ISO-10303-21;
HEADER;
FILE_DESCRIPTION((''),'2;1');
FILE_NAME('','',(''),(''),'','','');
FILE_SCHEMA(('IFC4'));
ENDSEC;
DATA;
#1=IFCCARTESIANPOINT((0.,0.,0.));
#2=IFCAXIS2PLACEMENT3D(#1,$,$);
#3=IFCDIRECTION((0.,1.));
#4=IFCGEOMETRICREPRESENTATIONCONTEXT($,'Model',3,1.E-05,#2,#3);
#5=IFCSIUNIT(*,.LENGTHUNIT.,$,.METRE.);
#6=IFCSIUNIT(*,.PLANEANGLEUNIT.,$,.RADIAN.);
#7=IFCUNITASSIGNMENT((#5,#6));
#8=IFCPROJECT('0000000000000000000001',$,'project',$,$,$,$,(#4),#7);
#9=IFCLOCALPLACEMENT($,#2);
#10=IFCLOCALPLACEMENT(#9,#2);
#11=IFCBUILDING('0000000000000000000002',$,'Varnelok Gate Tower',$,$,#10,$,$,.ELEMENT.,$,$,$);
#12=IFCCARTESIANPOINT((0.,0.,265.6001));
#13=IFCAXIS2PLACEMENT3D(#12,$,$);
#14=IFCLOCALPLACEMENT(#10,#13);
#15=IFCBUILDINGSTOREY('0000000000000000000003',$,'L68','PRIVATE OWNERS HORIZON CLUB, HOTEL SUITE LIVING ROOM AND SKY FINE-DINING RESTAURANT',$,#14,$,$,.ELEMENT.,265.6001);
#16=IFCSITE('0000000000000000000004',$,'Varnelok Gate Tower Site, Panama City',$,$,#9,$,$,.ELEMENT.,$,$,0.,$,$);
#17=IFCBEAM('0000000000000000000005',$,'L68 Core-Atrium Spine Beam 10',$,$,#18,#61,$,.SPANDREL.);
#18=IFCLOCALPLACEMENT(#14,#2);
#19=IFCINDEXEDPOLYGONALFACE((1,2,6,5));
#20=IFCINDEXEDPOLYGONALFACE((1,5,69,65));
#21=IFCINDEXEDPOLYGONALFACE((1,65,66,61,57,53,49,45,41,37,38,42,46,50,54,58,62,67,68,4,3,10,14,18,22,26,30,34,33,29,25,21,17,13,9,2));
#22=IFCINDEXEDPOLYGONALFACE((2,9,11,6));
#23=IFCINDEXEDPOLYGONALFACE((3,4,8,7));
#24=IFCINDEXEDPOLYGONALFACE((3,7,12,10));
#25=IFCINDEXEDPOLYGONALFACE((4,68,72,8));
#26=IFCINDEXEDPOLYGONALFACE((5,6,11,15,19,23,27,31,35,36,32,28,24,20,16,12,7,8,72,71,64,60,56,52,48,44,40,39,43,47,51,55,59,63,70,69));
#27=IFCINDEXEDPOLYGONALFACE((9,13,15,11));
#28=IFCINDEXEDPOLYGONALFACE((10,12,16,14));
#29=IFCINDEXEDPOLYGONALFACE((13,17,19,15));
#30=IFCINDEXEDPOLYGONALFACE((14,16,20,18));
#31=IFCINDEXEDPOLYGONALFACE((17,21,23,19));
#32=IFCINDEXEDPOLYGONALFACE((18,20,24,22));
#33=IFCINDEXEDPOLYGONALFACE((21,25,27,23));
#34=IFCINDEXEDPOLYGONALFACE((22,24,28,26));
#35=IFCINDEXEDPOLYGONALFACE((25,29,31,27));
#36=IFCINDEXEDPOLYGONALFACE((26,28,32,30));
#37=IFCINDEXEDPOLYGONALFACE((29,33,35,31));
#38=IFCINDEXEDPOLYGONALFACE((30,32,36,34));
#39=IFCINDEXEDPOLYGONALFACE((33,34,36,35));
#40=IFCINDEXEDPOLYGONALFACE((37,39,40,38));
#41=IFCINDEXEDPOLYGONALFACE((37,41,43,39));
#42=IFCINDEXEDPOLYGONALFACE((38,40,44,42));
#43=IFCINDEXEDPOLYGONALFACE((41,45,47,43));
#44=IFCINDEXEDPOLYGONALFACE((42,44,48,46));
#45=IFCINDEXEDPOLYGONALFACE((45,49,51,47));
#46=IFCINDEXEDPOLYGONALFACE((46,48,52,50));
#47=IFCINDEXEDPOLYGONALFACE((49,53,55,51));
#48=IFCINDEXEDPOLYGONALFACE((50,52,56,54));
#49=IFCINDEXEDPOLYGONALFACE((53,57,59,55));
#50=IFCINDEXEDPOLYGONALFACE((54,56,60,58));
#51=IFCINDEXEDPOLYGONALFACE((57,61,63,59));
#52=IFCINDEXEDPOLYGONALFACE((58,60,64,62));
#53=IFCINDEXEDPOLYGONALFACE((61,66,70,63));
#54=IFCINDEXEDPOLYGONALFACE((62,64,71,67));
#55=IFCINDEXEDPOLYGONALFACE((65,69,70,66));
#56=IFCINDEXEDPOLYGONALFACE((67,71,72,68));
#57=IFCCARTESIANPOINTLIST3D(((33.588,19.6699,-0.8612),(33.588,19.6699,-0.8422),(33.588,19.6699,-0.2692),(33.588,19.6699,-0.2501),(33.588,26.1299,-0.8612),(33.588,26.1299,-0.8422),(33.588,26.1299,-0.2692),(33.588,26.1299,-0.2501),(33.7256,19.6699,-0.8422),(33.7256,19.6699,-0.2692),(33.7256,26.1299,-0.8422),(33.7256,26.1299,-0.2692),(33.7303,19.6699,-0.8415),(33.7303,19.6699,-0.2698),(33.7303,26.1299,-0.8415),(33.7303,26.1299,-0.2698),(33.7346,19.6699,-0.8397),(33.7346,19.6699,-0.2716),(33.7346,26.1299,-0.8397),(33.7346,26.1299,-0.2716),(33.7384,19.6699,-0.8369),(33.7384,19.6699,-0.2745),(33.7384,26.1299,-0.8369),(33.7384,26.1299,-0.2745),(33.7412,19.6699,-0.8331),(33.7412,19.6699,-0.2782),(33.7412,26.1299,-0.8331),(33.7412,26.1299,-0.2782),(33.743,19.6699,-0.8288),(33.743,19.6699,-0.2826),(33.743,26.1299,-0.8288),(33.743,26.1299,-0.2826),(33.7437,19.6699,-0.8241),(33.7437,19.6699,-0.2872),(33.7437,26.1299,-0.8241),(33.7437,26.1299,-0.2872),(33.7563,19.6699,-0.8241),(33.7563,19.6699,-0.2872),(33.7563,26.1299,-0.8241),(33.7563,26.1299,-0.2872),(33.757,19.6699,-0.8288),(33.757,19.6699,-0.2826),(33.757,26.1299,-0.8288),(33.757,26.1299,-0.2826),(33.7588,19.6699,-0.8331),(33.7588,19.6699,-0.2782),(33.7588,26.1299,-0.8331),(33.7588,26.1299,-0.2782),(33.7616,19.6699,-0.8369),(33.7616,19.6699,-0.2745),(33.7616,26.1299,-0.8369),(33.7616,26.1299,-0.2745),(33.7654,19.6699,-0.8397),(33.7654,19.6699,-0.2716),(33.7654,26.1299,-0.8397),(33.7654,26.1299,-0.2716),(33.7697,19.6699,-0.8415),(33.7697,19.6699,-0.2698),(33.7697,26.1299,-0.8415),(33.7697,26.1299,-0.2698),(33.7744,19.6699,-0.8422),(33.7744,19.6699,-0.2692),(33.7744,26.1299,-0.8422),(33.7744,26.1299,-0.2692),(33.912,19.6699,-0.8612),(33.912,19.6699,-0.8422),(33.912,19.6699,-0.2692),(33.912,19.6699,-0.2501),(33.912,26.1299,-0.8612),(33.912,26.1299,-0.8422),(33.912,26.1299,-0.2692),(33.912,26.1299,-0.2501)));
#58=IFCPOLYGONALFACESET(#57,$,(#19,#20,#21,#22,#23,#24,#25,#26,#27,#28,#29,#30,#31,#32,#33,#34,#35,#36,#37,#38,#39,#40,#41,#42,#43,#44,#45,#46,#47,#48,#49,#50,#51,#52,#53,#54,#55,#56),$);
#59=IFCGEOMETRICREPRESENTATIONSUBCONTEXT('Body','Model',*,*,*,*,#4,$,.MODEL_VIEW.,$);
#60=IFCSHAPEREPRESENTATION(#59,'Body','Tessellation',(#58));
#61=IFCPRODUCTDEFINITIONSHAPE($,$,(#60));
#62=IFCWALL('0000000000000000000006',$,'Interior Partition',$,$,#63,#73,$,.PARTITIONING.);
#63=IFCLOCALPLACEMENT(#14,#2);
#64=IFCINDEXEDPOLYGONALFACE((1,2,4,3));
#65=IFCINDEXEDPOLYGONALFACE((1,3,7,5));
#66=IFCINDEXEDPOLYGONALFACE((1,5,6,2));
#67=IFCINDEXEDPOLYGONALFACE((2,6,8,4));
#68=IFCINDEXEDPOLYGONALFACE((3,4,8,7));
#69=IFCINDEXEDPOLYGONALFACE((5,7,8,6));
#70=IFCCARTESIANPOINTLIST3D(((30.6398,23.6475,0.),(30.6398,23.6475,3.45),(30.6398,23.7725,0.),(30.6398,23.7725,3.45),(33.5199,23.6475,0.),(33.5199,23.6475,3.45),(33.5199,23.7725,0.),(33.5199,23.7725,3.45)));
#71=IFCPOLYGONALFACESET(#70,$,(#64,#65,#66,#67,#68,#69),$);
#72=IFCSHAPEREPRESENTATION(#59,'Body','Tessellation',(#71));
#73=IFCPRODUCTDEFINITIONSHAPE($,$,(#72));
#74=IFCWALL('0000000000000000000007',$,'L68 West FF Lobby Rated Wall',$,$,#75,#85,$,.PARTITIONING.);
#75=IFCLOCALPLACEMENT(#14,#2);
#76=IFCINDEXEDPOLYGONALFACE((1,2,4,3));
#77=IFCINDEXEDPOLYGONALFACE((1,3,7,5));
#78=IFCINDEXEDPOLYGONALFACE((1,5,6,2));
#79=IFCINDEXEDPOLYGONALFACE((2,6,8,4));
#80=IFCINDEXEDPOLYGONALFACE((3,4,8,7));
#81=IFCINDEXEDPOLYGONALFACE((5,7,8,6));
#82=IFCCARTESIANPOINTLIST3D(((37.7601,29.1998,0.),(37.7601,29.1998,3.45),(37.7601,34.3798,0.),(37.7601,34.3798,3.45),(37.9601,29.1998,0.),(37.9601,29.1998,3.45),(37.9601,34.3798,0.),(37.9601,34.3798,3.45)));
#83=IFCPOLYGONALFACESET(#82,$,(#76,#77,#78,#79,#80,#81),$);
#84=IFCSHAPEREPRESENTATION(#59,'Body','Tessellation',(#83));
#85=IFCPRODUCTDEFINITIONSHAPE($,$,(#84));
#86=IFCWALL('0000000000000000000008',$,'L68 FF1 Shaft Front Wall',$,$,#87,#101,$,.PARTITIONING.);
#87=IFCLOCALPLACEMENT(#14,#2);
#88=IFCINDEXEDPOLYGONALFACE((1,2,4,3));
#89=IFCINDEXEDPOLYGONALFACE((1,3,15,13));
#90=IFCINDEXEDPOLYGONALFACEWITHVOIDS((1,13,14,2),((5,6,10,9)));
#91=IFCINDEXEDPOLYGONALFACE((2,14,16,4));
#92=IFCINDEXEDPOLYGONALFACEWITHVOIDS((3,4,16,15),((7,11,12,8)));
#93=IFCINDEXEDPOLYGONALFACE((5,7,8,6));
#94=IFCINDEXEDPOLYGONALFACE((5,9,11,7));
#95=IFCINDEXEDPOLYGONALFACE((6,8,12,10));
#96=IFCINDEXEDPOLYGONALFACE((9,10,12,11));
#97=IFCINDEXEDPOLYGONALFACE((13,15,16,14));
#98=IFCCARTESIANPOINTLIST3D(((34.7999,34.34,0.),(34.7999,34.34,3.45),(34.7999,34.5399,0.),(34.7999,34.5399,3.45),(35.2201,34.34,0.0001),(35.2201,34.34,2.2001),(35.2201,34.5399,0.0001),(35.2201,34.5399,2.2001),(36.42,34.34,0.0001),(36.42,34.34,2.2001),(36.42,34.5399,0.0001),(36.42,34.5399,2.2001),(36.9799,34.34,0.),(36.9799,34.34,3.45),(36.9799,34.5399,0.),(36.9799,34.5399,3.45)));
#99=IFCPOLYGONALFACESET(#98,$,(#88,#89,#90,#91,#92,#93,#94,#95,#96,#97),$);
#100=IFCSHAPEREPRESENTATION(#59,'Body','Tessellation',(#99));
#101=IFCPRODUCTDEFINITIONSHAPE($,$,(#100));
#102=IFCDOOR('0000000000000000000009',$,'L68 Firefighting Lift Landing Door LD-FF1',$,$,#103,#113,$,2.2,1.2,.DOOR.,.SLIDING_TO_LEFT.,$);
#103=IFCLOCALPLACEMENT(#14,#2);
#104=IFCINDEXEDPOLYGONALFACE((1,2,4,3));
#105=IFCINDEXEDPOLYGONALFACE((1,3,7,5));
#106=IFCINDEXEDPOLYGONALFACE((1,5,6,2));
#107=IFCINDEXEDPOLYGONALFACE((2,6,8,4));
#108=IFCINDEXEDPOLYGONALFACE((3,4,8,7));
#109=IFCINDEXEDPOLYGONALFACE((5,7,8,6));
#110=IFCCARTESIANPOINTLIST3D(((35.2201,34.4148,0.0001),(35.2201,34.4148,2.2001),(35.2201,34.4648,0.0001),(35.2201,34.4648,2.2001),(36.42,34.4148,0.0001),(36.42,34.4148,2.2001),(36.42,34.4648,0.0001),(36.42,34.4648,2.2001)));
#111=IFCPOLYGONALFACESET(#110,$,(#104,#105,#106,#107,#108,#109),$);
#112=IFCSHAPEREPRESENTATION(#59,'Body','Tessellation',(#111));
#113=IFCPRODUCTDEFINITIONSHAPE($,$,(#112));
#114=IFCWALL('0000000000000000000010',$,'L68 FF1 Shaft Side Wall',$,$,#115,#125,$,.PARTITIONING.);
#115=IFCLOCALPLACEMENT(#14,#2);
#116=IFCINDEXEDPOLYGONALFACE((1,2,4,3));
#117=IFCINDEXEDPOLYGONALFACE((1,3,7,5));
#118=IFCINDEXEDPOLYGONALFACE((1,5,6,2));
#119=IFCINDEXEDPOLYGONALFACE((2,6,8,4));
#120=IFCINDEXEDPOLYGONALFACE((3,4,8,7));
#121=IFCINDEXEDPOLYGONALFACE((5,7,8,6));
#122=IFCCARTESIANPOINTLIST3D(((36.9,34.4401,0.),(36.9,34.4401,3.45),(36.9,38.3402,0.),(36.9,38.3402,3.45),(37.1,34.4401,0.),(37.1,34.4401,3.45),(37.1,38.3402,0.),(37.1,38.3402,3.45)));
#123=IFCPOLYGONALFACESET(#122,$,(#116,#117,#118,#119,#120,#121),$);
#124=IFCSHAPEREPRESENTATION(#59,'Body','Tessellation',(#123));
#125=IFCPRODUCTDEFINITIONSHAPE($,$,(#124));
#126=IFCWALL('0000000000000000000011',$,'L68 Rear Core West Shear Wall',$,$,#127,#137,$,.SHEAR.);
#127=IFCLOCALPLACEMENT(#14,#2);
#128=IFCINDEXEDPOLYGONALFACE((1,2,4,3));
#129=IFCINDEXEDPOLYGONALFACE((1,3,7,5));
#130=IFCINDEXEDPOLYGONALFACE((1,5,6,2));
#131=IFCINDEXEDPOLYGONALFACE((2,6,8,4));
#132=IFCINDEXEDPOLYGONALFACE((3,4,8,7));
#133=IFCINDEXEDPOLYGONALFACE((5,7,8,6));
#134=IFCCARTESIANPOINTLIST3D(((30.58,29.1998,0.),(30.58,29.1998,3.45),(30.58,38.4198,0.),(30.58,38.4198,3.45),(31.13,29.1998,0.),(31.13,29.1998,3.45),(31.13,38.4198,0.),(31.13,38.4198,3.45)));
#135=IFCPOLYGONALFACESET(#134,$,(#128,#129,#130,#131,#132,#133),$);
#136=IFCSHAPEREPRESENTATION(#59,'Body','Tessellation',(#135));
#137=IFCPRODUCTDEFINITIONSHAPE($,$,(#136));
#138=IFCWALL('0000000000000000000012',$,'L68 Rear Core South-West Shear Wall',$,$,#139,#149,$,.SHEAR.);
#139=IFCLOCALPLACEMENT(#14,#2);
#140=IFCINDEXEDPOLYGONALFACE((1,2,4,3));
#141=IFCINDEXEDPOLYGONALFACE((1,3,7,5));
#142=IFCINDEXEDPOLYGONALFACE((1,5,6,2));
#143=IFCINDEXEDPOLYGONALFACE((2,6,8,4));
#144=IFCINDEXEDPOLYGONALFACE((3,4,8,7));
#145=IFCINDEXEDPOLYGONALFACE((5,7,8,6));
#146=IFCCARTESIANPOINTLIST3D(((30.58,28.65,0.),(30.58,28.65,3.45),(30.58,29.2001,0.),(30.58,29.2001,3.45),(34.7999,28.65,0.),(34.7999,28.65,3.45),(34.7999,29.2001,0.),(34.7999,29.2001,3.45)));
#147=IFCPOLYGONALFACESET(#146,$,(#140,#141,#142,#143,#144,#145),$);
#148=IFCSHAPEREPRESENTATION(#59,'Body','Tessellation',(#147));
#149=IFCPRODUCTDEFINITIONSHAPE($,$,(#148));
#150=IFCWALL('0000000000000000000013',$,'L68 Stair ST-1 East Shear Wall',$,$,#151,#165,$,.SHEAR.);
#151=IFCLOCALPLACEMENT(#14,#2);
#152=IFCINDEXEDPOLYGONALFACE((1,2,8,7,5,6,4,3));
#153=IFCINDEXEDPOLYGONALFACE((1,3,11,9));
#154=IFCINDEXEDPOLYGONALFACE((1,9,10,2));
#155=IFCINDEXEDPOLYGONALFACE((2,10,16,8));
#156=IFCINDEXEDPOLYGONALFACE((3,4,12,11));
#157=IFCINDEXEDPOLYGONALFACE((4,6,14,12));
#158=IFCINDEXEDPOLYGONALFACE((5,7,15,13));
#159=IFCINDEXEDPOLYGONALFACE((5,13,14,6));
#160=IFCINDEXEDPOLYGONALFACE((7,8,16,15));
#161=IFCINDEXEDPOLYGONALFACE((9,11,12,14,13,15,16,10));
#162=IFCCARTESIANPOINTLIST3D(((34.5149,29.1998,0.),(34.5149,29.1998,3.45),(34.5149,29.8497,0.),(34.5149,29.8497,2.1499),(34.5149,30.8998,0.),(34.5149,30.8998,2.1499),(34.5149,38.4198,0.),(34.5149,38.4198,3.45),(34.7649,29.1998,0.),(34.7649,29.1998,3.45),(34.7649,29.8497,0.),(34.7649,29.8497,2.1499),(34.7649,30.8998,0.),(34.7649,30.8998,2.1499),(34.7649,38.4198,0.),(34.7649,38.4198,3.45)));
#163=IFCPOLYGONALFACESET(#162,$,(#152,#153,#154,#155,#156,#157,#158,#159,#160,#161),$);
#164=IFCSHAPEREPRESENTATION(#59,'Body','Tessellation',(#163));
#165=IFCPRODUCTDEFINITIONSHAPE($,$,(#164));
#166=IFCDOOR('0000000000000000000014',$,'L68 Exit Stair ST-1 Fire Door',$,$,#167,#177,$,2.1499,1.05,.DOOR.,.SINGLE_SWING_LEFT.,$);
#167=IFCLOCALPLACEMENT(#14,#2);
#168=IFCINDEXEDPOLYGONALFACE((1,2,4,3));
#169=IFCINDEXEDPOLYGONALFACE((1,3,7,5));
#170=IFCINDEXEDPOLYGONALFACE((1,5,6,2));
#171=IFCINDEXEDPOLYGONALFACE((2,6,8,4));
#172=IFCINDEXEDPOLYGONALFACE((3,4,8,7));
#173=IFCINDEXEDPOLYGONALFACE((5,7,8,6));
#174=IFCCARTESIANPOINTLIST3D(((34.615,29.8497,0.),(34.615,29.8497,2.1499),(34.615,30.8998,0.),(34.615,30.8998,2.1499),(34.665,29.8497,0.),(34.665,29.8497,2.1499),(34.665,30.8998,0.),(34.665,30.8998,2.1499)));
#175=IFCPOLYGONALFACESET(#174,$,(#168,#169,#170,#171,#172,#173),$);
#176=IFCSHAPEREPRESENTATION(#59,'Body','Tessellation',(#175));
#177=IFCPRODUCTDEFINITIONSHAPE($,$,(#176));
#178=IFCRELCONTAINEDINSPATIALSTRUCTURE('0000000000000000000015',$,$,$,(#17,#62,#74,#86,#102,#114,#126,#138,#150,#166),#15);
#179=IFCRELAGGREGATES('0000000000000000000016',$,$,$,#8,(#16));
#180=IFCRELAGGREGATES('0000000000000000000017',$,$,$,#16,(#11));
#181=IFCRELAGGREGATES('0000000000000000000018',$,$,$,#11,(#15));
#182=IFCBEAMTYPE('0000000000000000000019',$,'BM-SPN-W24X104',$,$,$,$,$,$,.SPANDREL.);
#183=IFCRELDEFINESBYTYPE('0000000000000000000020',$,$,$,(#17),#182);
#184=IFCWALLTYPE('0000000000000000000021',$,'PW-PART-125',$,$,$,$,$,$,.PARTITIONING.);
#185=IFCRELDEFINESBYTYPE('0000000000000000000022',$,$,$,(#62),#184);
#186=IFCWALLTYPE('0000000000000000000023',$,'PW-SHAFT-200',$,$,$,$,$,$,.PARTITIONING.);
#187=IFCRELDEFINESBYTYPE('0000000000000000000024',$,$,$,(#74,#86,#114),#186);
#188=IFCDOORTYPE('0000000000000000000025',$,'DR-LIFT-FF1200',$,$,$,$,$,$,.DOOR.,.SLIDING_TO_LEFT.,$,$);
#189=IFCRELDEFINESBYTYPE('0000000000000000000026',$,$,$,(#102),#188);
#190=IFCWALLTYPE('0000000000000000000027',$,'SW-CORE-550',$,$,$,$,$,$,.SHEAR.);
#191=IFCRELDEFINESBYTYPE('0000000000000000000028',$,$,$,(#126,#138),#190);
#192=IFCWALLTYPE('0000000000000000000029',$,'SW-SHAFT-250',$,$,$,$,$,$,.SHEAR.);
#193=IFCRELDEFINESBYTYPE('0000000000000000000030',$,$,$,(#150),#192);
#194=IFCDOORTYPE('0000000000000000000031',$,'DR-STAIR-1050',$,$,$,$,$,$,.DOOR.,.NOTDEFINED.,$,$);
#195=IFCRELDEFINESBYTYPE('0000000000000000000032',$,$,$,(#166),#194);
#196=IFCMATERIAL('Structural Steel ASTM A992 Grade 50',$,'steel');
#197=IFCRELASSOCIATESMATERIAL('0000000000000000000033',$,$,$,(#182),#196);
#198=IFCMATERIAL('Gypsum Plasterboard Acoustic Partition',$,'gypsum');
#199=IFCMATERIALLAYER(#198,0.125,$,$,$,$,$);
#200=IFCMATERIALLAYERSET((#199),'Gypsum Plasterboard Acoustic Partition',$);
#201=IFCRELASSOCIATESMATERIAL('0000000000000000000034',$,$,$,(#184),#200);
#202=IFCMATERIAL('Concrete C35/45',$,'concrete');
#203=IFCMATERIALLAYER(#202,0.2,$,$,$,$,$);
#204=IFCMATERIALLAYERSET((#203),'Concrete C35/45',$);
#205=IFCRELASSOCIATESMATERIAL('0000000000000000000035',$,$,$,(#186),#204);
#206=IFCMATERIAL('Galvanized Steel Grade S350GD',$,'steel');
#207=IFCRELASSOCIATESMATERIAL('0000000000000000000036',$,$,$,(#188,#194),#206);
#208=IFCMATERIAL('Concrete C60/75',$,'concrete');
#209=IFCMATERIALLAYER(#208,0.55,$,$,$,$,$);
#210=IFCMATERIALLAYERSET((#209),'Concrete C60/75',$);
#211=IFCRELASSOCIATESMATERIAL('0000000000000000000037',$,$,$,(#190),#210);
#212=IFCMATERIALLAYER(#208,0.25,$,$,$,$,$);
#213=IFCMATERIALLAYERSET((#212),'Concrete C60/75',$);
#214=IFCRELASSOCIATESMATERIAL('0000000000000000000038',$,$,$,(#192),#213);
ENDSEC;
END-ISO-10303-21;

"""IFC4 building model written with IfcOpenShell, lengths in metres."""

from ifc_helpers import new_model, si_unit, direction, frame, frame_2d, origin, origin_2d, place, context, subcontext, project, spatial, rectangle, i_section, extrude, material, layer, layer_set, material_profile, profile_set, type_object, element, fill, save


model = new_model("IFC4")

# Units and contexts
model_context = context("Model", 3, precision=1e-05, world=origin(), true_north=direction((0.0, 1.0)))
body_context = subcontext(model_context, "Body", "Model", "MODEL_VIEW")
ifc_project = project(units=[si_unit("LENGTHUNIT", "METRE"), si_unit("PLANEANGLEUNIT", "RADIAN")], contexts=[model_context])

# Site, building, storey
site_placement = place(None, origin())
site = spatial("IfcSite", under=ifc_project, at=site_placement, Name="Varnelok Gate Tower Site, Panama City", CompositionType="ELEMENT", RefElevation=0.0)
building_placement = place(site_placement, origin())
building = spatial("IfcBuilding", under=site, at=building_placement, Name="Varnelok Gate Tower", CompositionType="ELEMENT")
storey_placement = place(building_placement, frame((0.0, 0.0, 265.6001)))
storey = spatial("IfcBuildingStorey", under=building, at=storey_placement, Name="L68", Description="PRIVATE OWNERS HORIZON CLUB, HOTEL SUITE LIVING ROOM AND SKY FINE-DINING RESTAURANT", CompositionType="ELEMENT", Elevation=265.6001)

# Shared definitions
ifc_material_1 = material(Name="Structural Steel ASTM A992 Grade 50", Category="steel")

# Beam
ifc_material_2 = material(Name="Concrete C60/75", Category="concrete")
ifc_material_profile_1 = material_profile(ifc_material_1, i_section(OverallWidth=0.324, OverallDepth=0.6111, WebThickness=0.0127, FlangeThickness=0.019, FilletRadius=0.0181, at=origin_2d()), Name="W24X104")
ifc_profile_set_1 = profile_set([ifc_material_profile_1], Name="Structural Steel ASTM A992 Grade 50")
beam_type_1 = type_object("IfcBeamType", Name="BM-SPN-W24X104", PredefinedType="SPANDREL", material=ifc_profile_set_1)
beam_1_placement = place(storey_placement, frame((33.75, 19.6699, -0.5557), z_axis=(0.0, 1.0, 0.0), x_axis=(-1.0, 0.0, 0.0)))
element("IfcBeam", 1, at=beam_1_placement, inside=storey, type_object=beam_type_1, Name="L68 Core-Atrium Spine Beam 10", PredefinedType="SPANDREL", context=body_context, shape_type="SweptSolid", body=[
    extrude(i_section(OverallWidth=0.324, OverallDepth=0.6111, WebThickness=0.0127, FlangeThickness=0.019, FilletRadius=0.0181, at=origin_2d()), origin(), (0.0, 0.0, 1.0), 6.46),
])

# Walls
ifc_material_3 = material(Name="Gypsum Plasterboard Acoustic Partition", Category="gypsum")
ifc_layer_1 = layer(ifc_material_3, 0.125)
ifc_layer_set_1 = layer_set([ifc_layer_1], Name="Gypsum Plasterboard Acoustic Partition")
wall_type_1 = type_object("IfcWallType", Name="PW-PART-125", PredefinedType="PARTITIONING", material=ifc_layer_set_1)
wall_1_placement = place(storey_placement, frame((30.6399, 23.71, 0.0), z_axis=(0.0, 0.0, 1.0), x_axis=(1.0, 0.0, 0.0)))
element("IfcWall", 2, at=wall_1_placement, inside=storey, type_object=wall_type_1, Name="Interior Partition", PredefinedType="PARTITIONING", context=body_context, shape_type="SweptSolid", body=[
    extrude(rectangle(XDim=2.8801, YDim=0.125, at=frame_2d((1.4399, 0.0))), origin(), (0.0, 0.0, 1.0), 3.45),
])
ifc_material_4 = material(Name="Concrete C35/45", Category="concrete")
ifc_layer_2 = layer(ifc_material_4, 0.2)
ifc_layer_set_2 = layer_set([ifc_layer_2], Name="Concrete C35/45")
wall_type_2 = type_object("IfcWallType", Name="PW-SHAFT-200", PredefinedType="PARTITIONING", material=ifc_layer_set_2)
wall_2_placement = place(storey_placement, frame((37.8601, 29.2, 0.0), z_axis=(0.0, 0.0, 1.0), x_axis=(0.0, 1.0, 0.0)))
element("IfcWall", 3, at=wall_2_placement, inside=storey, type_object=wall_type_2, Name="L68 West FF Lobby Rated Wall", PredefinedType="PARTITIONING", context=body_context, shape_type="SweptSolid", body=[
    extrude(rectangle(XDim=5.1799, YDim=0.2, at=frame_2d((2.5898, 0.0))), origin(), (0.0, 0.0, 1.0), 3.45),
])

# Wall, opening, door
wall_3_placement = place(storey_placement, frame((34.8, 34.4399, 0.0), z_axis=(0.0, 0.0, 1.0), x_axis=(1.0, 0.0, 0.0)))
wall_3 = element("IfcWall", 4, at=wall_3_placement, inside=storey, type_object=wall_type_2, Name="L68 FF1 Shaft Front Wall", PredefinedType="PARTITIONING", context=body_context, shape_type="SweptSolid", body=[
    extrude(rectangle(XDim=2.1799, YDim=0.2, at=frame_2d((1.0898, 0.0))), origin(), (0.0, 0.0, 1.0), 3.45),
])
opening_1_placement = place(wall_3_placement, frame((0.4199, 0.0, 0.0)))
opening_1 = element("IfcOpeningElement", 5, at=opening_1_placement, cuts=wall_3, PredefinedType="OPENING", context=body_context, shape_type="SweptSolid", body=[
    extrude(rectangle(XDim=1.2, YDim=2.2, at=frame_2d((0.6001, 1.1001))), frame((0.0, 0.1099, 0.0), z_axis=(0.0, -1.0, 0.0), x_axis=(1.0, 0.0, 0.0)), (0.0, 0.0, 1.0), 0.22),
])
ifc_material_5 = material(Name="Galvanized Steel Grade S350GD", Category="steel")
door_type_1 = type_object("IfcDoorType", Name="DR-LIFT-FF1200", OperationType="SLIDING_TO_LEFT", PredefinedType="DOOR", material=ifc_material_5)
door_1_placement = place(opening_1_placement, origin())
door_1 = element("IfcDoor", 6, at=door_1_placement, inside=storey, type_object=door_type_1, Name="L68 Firefighting Lift Landing Door LD-FF1", OperationType="SLIDING_TO_LEFT", OverallHeight=2.2, OverallWidth=1.2, PredefinedType="DOOR", context=body_context, shape_type="SweptSolid", body=[
    extrude(rectangle(XDim=1.2, YDim=2.2, at=frame_2d((0.6001, 1.1001))), frame((0.0, 0.0249, 0.0), z_axis=(0.0, -1.0, 0.0), x_axis=(1.0, 0.0, 0.0)), (0.0, 0.0, 1.0), 0.05),
])
fill(opening_1, door_1)

# Walls
wall_4_placement = place(storey_placement, frame((37.0, 34.4399, 0.0), z_axis=(0.0, 0.0, 1.0), x_axis=(0.0, 1.0, 0.0)))
element("IfcWall", 7, at=wall_4_placement, inside=storey, type_object=wall_type_2, Name="L68 FF1 Shaft Side Wall", PredefinedType="PARTITIONING", context=body_context, shape_type="SweptSolid", body=[
    extrude(rectangle(XDim=3.9001, YDim=0.2, at=frame_2d((1.9502, 0.0))), origin(), (0.0, 0.0, 1.0), 3.45),
])
ifc_layer_3 = layer(ifc_material_2, 0.55)
ifc_layer_set_3 = layer_set([ifc_layer_3], Name="Concrete C60/75")
wall_type_3 = type_object("IfcWallType", Name="SW-CORE-550", PredefinedType="SHEAR", material=ifc_layer_set_3)
wall_5_placement = place(storey_placement, frame((30.855, 29.2, 0.0), z_axis=(0.0, 0.0, 1.0), x_axis=(0.0, 1.0, 0.0)))
element("IfcWall", 8, at=wall_5_placement, inside=storey, type_object=wall_type_3, Name="L68 Rear Core West Shear Wall", PredefinedType="SHEAR", context=body_context, shape_type="SweptSolid", body=[
    extrude(rectangle(XDim=9.22, YDim=0.55, at=frame_2d((4.6099, 0.0))), origin(), (0.0, 0.0, 1.0), 3.45),
])
wall_6_placement = place(storey_placement, frame((30.5801, 28.925, 0.0), z_axis=(0.0, 0.0, 1.0), x_axis=(1.0, 0.0, 0.0)))
element("IfcWall", 9, at=wall_6_placement, inside=storey, type_object=wall_type_3, Name="L68 Rear Core South-West Shear Wall", PredefinedType="SHEAR", context=body_context, shape_type="SweptSolid", body=[
    extrude(rectangle(XDim=4.22, YDim=0.55, at=frame_2d((2.1099, 0.0))), origin(), (0.0, 0.0, 1.0), 3.45),
])

# Wall, opening, door
ifc_layer_4 = layer(ifc_material_2, 0.25)
ifc_layer_set_4 = layer_set([ifc_layer_4], Name="Concrete C60/75")
wall_type_4 = type_object("IfcWallType", Name="SW-SHAFT-250", PredefinedType="SHEAR", material=ifc_layer_set_4)
wall_7_placement = place(storey_placement, frame((34.6399, 29.2, 0.0), z_axis=(0.0, 0.0, 1.0), x_axis=(0.0, 1.0, 0.0)))
wall_7 = element("IfcWall", 10, at=wall_7_placement, inside=storey, type_object=wall_type_4, Name="L68 Stair ST-1 East Shear Wall", PredefinedType="SHEAR", context=body_context, shape_type="SweptSolid", body=[
    extrude(rectangle(XDim=9.22, YDim=0.25, at=frame_2d((4.6099, 0.0))), origin(), (0.0, 0.0, 1.0), 3.45),
])
opening_2_placement = place(wall_7_placement, frame((0.6499, 0.0, 0.0)))
opening_2 = element("IfcOpeningElement", 11, at=opening_2_placement, cuts=wall_7, PredefinedType="OPENING", context=body_context, shape_type="SweptSolid", body=[
    extrude(rectangle(XDim=1.05, YDim=2.1499, at=frame_2d((0.5249, 1.075))), frame((0.0, 0.135, 0.0), z_axis=(0.0, -1.0, 0.0), x_axis=(1.0, 0.0, 0.0)), (0.0, 0.0, 1.0), 0.27),
])
door_type_2 = type_object("IfcDoorType", Name="DR-STAIR-1050", OperationType="NOTDEFINED", PredefinedType="DOOR", material=ifc_material_5)
door_2_placement = place(opening_2_placement, origin())
door_2 = element("IfcDoor", 12, at=door_2_placement, inside=storey, type_object=door_type_2, Name="L68 Exit Stair ST-1 Fire Door", OperationType="SINGLE_SWING_LEFT", OverallHeight=2.1499, OverallWidth=1.05, PredefinedType="DOOR", context=body_context, shape_type="SweptSolid", body=[
    extrude(rectangle(XDim=1.05, YDim=2.1499, at=frame_2d((0.5249, 1.075))), frame((0.0, 0.0249, 0.0), z_axis=(0.0, -1.0, 0.0), x_axis=(1.0, 0.0, 0.0)), (0.0, 0.0, 1.0), 0.05),
])
fill(opening_2, door_2)

save(model, "model.ifc")
